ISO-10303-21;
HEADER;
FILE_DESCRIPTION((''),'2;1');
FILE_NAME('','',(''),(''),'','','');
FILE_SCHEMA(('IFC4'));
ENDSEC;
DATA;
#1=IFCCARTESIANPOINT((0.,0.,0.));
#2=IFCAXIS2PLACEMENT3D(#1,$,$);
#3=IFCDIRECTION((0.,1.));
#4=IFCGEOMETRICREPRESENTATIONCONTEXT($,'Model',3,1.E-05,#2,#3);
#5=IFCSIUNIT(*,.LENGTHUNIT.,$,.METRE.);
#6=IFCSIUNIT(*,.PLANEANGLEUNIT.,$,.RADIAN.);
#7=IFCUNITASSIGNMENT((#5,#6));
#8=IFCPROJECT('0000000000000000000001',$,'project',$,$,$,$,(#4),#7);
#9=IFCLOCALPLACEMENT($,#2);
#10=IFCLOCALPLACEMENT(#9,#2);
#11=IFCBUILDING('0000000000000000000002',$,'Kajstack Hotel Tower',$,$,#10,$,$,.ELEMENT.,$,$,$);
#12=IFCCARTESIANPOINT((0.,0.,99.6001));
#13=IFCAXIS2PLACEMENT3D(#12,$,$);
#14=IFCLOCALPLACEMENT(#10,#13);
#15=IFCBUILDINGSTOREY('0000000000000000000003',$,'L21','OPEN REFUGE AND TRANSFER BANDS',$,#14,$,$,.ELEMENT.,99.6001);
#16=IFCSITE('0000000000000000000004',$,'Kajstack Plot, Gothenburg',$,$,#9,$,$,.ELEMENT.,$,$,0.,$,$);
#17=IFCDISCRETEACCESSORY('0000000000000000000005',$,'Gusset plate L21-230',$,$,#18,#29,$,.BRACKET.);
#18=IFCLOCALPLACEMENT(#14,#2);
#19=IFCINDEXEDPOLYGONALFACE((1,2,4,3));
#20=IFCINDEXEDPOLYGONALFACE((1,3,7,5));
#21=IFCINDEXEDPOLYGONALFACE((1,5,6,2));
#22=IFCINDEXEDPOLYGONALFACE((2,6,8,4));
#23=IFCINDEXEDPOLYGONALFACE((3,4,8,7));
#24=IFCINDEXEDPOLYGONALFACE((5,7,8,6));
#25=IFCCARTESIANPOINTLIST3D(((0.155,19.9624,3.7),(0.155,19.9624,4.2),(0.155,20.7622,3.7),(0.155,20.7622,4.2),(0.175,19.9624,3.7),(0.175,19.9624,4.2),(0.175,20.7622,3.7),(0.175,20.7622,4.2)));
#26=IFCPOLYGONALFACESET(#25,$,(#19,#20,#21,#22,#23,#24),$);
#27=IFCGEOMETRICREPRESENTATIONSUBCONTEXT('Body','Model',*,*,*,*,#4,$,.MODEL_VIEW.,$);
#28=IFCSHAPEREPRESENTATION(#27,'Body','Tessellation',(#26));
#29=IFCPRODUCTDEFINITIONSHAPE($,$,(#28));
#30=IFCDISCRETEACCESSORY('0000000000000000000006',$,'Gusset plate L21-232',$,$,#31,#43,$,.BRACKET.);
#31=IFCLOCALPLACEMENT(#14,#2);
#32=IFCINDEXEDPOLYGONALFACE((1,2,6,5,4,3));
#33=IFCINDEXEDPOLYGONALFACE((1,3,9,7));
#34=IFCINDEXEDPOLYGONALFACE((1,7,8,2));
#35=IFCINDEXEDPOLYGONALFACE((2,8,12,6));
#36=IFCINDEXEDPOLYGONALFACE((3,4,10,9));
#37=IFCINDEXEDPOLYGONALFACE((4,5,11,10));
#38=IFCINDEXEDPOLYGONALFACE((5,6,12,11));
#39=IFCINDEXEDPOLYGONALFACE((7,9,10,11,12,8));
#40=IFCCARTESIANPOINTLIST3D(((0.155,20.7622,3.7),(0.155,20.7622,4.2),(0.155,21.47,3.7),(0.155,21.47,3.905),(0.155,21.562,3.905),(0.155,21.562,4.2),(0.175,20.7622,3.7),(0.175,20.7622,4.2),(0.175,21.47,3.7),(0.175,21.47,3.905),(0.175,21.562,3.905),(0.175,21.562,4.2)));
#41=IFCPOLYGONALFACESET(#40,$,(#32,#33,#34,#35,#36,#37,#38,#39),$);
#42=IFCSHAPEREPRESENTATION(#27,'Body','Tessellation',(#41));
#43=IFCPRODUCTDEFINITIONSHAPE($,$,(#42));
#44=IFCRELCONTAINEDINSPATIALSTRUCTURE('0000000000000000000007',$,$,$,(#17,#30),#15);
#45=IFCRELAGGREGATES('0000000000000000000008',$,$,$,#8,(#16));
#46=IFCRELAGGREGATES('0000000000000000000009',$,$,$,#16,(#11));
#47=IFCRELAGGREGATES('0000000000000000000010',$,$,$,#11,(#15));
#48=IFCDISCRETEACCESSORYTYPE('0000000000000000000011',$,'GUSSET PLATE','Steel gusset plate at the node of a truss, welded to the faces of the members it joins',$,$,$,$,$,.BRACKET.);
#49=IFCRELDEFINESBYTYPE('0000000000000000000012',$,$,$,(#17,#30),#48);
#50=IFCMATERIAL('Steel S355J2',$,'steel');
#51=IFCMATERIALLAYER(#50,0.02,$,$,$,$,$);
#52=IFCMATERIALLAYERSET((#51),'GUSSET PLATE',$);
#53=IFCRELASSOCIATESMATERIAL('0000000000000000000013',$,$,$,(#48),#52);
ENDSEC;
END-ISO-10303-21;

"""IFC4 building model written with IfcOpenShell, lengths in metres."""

from ifc_helpers import new_model, si_unit, direction, frame, origin, place, context, subcontext, project, spatial, polyline, outline, extrude, material, layer, layer_set, type_object, element, save


model = new_model("IFC4")

# Units and contexts
model_context = context("Model", 3, precision=1e-05, world=origin(), true_north=direction((0.0, 1.0)))
body_context = subcontext(model_context, "Body", "Model", "MODEL_VIEW")
ifc_project = project(units=[si_unit("LENGTHUNIT", "METRE"), si_unit("PLANEANGLEUNIT", "RADIAN")], contexts=[model_context])

# Site, building, storey
site_placement = place(None, origin())
site = spatial("IfcSite", under=ifc_project, at=site_placement, Name="Kajstack Plot, Gothenburg", CompositionType="ELEMENT", RefElevation=0.0)
building_placement = place(site_placement, origin())
building = spatial("IfcBuilding", under=site, at=building_placement, Name="Kajstack Hotel Tower", CompositionType="ELEMENT")
storey_placement = place(building_placement, frame((0.0, 0.0, 99.6001)))
storey = spatial("IfcBuildingStorey", under=building, at=storey_placement, Name="L21", Description="OPEN REFUGE AND TRANSFER BANDS", CompositionType="ELEMENT", Elevation=99.6001)

# Shared definitions
ifc_material = material(Name="Steel S355J2", Category="steel")

# Discrete accessories
ifc_layer = layer(ifc_material, 0.02)
ifc_layer_set = layer_set([ifc_layer], Name="GUSSET PLATE")
discrete_accessory_type = type_object("IfcDiscreteAccessoryType", Name="GUSSET PLATE", Description="Steel gusset plate at the node of a truss, welded to the faces of the members it joins", PredefinedType="BRACKET", material=ifc_layer_set)
discrete_accessory_1_placement = place(storey_placement, frame((0.155, 20.3623, 3.7), z_axis=(1.0, 0.0, 0.0), x_axis=(0.0, 1.0, 0.0)))
element("IfcDiscreteAccessory", 1, at=discrete_accessory_1_placement, inside=storey, type_object=discrete_accessory_type, Name="Gusset plate L21-230", PredefinedType="BRACKET", context=body_context, shape_type="SweptSolid", body=[
    extrude(outline(polyline([(-0.3999, 0.0), (0.3999, 0.0), (0.3999, 0.5), (-0.3999, 0.5), (-0.3999, 0.0)])), origin(), (0.0, 0.0, 1.0), 0.02),
])
discrete_accessory_2_placement = place(storey_placement, frame((0.155, 21.1621, 3.7), z_axis=(1.0, 0.0, 0.0), x_axis=(0.0, 1.0, 0.0)))
element("IfcDiscreteAccessory", 2, at=discrete_accessory_2_placement, inside=storey, type_object=discrete_accessory_type, Name="Gusset plate L21-232", PredefinedType="BRACKET", context=body_context, shape_type="SweptSolid", body=[
    extrude(outline(polyline([(-0.3999, 0.0), (0.3079, 0.0), (0.3079, 0.2051), (0.3999, 0.2051), (0.3999, 0.5), (-0.3999, 0.5), (-0.3999, 0.0)])), origin(), (0.0, 0.0, 1.0), 0.02),
])

save(model, "model.ifc")
